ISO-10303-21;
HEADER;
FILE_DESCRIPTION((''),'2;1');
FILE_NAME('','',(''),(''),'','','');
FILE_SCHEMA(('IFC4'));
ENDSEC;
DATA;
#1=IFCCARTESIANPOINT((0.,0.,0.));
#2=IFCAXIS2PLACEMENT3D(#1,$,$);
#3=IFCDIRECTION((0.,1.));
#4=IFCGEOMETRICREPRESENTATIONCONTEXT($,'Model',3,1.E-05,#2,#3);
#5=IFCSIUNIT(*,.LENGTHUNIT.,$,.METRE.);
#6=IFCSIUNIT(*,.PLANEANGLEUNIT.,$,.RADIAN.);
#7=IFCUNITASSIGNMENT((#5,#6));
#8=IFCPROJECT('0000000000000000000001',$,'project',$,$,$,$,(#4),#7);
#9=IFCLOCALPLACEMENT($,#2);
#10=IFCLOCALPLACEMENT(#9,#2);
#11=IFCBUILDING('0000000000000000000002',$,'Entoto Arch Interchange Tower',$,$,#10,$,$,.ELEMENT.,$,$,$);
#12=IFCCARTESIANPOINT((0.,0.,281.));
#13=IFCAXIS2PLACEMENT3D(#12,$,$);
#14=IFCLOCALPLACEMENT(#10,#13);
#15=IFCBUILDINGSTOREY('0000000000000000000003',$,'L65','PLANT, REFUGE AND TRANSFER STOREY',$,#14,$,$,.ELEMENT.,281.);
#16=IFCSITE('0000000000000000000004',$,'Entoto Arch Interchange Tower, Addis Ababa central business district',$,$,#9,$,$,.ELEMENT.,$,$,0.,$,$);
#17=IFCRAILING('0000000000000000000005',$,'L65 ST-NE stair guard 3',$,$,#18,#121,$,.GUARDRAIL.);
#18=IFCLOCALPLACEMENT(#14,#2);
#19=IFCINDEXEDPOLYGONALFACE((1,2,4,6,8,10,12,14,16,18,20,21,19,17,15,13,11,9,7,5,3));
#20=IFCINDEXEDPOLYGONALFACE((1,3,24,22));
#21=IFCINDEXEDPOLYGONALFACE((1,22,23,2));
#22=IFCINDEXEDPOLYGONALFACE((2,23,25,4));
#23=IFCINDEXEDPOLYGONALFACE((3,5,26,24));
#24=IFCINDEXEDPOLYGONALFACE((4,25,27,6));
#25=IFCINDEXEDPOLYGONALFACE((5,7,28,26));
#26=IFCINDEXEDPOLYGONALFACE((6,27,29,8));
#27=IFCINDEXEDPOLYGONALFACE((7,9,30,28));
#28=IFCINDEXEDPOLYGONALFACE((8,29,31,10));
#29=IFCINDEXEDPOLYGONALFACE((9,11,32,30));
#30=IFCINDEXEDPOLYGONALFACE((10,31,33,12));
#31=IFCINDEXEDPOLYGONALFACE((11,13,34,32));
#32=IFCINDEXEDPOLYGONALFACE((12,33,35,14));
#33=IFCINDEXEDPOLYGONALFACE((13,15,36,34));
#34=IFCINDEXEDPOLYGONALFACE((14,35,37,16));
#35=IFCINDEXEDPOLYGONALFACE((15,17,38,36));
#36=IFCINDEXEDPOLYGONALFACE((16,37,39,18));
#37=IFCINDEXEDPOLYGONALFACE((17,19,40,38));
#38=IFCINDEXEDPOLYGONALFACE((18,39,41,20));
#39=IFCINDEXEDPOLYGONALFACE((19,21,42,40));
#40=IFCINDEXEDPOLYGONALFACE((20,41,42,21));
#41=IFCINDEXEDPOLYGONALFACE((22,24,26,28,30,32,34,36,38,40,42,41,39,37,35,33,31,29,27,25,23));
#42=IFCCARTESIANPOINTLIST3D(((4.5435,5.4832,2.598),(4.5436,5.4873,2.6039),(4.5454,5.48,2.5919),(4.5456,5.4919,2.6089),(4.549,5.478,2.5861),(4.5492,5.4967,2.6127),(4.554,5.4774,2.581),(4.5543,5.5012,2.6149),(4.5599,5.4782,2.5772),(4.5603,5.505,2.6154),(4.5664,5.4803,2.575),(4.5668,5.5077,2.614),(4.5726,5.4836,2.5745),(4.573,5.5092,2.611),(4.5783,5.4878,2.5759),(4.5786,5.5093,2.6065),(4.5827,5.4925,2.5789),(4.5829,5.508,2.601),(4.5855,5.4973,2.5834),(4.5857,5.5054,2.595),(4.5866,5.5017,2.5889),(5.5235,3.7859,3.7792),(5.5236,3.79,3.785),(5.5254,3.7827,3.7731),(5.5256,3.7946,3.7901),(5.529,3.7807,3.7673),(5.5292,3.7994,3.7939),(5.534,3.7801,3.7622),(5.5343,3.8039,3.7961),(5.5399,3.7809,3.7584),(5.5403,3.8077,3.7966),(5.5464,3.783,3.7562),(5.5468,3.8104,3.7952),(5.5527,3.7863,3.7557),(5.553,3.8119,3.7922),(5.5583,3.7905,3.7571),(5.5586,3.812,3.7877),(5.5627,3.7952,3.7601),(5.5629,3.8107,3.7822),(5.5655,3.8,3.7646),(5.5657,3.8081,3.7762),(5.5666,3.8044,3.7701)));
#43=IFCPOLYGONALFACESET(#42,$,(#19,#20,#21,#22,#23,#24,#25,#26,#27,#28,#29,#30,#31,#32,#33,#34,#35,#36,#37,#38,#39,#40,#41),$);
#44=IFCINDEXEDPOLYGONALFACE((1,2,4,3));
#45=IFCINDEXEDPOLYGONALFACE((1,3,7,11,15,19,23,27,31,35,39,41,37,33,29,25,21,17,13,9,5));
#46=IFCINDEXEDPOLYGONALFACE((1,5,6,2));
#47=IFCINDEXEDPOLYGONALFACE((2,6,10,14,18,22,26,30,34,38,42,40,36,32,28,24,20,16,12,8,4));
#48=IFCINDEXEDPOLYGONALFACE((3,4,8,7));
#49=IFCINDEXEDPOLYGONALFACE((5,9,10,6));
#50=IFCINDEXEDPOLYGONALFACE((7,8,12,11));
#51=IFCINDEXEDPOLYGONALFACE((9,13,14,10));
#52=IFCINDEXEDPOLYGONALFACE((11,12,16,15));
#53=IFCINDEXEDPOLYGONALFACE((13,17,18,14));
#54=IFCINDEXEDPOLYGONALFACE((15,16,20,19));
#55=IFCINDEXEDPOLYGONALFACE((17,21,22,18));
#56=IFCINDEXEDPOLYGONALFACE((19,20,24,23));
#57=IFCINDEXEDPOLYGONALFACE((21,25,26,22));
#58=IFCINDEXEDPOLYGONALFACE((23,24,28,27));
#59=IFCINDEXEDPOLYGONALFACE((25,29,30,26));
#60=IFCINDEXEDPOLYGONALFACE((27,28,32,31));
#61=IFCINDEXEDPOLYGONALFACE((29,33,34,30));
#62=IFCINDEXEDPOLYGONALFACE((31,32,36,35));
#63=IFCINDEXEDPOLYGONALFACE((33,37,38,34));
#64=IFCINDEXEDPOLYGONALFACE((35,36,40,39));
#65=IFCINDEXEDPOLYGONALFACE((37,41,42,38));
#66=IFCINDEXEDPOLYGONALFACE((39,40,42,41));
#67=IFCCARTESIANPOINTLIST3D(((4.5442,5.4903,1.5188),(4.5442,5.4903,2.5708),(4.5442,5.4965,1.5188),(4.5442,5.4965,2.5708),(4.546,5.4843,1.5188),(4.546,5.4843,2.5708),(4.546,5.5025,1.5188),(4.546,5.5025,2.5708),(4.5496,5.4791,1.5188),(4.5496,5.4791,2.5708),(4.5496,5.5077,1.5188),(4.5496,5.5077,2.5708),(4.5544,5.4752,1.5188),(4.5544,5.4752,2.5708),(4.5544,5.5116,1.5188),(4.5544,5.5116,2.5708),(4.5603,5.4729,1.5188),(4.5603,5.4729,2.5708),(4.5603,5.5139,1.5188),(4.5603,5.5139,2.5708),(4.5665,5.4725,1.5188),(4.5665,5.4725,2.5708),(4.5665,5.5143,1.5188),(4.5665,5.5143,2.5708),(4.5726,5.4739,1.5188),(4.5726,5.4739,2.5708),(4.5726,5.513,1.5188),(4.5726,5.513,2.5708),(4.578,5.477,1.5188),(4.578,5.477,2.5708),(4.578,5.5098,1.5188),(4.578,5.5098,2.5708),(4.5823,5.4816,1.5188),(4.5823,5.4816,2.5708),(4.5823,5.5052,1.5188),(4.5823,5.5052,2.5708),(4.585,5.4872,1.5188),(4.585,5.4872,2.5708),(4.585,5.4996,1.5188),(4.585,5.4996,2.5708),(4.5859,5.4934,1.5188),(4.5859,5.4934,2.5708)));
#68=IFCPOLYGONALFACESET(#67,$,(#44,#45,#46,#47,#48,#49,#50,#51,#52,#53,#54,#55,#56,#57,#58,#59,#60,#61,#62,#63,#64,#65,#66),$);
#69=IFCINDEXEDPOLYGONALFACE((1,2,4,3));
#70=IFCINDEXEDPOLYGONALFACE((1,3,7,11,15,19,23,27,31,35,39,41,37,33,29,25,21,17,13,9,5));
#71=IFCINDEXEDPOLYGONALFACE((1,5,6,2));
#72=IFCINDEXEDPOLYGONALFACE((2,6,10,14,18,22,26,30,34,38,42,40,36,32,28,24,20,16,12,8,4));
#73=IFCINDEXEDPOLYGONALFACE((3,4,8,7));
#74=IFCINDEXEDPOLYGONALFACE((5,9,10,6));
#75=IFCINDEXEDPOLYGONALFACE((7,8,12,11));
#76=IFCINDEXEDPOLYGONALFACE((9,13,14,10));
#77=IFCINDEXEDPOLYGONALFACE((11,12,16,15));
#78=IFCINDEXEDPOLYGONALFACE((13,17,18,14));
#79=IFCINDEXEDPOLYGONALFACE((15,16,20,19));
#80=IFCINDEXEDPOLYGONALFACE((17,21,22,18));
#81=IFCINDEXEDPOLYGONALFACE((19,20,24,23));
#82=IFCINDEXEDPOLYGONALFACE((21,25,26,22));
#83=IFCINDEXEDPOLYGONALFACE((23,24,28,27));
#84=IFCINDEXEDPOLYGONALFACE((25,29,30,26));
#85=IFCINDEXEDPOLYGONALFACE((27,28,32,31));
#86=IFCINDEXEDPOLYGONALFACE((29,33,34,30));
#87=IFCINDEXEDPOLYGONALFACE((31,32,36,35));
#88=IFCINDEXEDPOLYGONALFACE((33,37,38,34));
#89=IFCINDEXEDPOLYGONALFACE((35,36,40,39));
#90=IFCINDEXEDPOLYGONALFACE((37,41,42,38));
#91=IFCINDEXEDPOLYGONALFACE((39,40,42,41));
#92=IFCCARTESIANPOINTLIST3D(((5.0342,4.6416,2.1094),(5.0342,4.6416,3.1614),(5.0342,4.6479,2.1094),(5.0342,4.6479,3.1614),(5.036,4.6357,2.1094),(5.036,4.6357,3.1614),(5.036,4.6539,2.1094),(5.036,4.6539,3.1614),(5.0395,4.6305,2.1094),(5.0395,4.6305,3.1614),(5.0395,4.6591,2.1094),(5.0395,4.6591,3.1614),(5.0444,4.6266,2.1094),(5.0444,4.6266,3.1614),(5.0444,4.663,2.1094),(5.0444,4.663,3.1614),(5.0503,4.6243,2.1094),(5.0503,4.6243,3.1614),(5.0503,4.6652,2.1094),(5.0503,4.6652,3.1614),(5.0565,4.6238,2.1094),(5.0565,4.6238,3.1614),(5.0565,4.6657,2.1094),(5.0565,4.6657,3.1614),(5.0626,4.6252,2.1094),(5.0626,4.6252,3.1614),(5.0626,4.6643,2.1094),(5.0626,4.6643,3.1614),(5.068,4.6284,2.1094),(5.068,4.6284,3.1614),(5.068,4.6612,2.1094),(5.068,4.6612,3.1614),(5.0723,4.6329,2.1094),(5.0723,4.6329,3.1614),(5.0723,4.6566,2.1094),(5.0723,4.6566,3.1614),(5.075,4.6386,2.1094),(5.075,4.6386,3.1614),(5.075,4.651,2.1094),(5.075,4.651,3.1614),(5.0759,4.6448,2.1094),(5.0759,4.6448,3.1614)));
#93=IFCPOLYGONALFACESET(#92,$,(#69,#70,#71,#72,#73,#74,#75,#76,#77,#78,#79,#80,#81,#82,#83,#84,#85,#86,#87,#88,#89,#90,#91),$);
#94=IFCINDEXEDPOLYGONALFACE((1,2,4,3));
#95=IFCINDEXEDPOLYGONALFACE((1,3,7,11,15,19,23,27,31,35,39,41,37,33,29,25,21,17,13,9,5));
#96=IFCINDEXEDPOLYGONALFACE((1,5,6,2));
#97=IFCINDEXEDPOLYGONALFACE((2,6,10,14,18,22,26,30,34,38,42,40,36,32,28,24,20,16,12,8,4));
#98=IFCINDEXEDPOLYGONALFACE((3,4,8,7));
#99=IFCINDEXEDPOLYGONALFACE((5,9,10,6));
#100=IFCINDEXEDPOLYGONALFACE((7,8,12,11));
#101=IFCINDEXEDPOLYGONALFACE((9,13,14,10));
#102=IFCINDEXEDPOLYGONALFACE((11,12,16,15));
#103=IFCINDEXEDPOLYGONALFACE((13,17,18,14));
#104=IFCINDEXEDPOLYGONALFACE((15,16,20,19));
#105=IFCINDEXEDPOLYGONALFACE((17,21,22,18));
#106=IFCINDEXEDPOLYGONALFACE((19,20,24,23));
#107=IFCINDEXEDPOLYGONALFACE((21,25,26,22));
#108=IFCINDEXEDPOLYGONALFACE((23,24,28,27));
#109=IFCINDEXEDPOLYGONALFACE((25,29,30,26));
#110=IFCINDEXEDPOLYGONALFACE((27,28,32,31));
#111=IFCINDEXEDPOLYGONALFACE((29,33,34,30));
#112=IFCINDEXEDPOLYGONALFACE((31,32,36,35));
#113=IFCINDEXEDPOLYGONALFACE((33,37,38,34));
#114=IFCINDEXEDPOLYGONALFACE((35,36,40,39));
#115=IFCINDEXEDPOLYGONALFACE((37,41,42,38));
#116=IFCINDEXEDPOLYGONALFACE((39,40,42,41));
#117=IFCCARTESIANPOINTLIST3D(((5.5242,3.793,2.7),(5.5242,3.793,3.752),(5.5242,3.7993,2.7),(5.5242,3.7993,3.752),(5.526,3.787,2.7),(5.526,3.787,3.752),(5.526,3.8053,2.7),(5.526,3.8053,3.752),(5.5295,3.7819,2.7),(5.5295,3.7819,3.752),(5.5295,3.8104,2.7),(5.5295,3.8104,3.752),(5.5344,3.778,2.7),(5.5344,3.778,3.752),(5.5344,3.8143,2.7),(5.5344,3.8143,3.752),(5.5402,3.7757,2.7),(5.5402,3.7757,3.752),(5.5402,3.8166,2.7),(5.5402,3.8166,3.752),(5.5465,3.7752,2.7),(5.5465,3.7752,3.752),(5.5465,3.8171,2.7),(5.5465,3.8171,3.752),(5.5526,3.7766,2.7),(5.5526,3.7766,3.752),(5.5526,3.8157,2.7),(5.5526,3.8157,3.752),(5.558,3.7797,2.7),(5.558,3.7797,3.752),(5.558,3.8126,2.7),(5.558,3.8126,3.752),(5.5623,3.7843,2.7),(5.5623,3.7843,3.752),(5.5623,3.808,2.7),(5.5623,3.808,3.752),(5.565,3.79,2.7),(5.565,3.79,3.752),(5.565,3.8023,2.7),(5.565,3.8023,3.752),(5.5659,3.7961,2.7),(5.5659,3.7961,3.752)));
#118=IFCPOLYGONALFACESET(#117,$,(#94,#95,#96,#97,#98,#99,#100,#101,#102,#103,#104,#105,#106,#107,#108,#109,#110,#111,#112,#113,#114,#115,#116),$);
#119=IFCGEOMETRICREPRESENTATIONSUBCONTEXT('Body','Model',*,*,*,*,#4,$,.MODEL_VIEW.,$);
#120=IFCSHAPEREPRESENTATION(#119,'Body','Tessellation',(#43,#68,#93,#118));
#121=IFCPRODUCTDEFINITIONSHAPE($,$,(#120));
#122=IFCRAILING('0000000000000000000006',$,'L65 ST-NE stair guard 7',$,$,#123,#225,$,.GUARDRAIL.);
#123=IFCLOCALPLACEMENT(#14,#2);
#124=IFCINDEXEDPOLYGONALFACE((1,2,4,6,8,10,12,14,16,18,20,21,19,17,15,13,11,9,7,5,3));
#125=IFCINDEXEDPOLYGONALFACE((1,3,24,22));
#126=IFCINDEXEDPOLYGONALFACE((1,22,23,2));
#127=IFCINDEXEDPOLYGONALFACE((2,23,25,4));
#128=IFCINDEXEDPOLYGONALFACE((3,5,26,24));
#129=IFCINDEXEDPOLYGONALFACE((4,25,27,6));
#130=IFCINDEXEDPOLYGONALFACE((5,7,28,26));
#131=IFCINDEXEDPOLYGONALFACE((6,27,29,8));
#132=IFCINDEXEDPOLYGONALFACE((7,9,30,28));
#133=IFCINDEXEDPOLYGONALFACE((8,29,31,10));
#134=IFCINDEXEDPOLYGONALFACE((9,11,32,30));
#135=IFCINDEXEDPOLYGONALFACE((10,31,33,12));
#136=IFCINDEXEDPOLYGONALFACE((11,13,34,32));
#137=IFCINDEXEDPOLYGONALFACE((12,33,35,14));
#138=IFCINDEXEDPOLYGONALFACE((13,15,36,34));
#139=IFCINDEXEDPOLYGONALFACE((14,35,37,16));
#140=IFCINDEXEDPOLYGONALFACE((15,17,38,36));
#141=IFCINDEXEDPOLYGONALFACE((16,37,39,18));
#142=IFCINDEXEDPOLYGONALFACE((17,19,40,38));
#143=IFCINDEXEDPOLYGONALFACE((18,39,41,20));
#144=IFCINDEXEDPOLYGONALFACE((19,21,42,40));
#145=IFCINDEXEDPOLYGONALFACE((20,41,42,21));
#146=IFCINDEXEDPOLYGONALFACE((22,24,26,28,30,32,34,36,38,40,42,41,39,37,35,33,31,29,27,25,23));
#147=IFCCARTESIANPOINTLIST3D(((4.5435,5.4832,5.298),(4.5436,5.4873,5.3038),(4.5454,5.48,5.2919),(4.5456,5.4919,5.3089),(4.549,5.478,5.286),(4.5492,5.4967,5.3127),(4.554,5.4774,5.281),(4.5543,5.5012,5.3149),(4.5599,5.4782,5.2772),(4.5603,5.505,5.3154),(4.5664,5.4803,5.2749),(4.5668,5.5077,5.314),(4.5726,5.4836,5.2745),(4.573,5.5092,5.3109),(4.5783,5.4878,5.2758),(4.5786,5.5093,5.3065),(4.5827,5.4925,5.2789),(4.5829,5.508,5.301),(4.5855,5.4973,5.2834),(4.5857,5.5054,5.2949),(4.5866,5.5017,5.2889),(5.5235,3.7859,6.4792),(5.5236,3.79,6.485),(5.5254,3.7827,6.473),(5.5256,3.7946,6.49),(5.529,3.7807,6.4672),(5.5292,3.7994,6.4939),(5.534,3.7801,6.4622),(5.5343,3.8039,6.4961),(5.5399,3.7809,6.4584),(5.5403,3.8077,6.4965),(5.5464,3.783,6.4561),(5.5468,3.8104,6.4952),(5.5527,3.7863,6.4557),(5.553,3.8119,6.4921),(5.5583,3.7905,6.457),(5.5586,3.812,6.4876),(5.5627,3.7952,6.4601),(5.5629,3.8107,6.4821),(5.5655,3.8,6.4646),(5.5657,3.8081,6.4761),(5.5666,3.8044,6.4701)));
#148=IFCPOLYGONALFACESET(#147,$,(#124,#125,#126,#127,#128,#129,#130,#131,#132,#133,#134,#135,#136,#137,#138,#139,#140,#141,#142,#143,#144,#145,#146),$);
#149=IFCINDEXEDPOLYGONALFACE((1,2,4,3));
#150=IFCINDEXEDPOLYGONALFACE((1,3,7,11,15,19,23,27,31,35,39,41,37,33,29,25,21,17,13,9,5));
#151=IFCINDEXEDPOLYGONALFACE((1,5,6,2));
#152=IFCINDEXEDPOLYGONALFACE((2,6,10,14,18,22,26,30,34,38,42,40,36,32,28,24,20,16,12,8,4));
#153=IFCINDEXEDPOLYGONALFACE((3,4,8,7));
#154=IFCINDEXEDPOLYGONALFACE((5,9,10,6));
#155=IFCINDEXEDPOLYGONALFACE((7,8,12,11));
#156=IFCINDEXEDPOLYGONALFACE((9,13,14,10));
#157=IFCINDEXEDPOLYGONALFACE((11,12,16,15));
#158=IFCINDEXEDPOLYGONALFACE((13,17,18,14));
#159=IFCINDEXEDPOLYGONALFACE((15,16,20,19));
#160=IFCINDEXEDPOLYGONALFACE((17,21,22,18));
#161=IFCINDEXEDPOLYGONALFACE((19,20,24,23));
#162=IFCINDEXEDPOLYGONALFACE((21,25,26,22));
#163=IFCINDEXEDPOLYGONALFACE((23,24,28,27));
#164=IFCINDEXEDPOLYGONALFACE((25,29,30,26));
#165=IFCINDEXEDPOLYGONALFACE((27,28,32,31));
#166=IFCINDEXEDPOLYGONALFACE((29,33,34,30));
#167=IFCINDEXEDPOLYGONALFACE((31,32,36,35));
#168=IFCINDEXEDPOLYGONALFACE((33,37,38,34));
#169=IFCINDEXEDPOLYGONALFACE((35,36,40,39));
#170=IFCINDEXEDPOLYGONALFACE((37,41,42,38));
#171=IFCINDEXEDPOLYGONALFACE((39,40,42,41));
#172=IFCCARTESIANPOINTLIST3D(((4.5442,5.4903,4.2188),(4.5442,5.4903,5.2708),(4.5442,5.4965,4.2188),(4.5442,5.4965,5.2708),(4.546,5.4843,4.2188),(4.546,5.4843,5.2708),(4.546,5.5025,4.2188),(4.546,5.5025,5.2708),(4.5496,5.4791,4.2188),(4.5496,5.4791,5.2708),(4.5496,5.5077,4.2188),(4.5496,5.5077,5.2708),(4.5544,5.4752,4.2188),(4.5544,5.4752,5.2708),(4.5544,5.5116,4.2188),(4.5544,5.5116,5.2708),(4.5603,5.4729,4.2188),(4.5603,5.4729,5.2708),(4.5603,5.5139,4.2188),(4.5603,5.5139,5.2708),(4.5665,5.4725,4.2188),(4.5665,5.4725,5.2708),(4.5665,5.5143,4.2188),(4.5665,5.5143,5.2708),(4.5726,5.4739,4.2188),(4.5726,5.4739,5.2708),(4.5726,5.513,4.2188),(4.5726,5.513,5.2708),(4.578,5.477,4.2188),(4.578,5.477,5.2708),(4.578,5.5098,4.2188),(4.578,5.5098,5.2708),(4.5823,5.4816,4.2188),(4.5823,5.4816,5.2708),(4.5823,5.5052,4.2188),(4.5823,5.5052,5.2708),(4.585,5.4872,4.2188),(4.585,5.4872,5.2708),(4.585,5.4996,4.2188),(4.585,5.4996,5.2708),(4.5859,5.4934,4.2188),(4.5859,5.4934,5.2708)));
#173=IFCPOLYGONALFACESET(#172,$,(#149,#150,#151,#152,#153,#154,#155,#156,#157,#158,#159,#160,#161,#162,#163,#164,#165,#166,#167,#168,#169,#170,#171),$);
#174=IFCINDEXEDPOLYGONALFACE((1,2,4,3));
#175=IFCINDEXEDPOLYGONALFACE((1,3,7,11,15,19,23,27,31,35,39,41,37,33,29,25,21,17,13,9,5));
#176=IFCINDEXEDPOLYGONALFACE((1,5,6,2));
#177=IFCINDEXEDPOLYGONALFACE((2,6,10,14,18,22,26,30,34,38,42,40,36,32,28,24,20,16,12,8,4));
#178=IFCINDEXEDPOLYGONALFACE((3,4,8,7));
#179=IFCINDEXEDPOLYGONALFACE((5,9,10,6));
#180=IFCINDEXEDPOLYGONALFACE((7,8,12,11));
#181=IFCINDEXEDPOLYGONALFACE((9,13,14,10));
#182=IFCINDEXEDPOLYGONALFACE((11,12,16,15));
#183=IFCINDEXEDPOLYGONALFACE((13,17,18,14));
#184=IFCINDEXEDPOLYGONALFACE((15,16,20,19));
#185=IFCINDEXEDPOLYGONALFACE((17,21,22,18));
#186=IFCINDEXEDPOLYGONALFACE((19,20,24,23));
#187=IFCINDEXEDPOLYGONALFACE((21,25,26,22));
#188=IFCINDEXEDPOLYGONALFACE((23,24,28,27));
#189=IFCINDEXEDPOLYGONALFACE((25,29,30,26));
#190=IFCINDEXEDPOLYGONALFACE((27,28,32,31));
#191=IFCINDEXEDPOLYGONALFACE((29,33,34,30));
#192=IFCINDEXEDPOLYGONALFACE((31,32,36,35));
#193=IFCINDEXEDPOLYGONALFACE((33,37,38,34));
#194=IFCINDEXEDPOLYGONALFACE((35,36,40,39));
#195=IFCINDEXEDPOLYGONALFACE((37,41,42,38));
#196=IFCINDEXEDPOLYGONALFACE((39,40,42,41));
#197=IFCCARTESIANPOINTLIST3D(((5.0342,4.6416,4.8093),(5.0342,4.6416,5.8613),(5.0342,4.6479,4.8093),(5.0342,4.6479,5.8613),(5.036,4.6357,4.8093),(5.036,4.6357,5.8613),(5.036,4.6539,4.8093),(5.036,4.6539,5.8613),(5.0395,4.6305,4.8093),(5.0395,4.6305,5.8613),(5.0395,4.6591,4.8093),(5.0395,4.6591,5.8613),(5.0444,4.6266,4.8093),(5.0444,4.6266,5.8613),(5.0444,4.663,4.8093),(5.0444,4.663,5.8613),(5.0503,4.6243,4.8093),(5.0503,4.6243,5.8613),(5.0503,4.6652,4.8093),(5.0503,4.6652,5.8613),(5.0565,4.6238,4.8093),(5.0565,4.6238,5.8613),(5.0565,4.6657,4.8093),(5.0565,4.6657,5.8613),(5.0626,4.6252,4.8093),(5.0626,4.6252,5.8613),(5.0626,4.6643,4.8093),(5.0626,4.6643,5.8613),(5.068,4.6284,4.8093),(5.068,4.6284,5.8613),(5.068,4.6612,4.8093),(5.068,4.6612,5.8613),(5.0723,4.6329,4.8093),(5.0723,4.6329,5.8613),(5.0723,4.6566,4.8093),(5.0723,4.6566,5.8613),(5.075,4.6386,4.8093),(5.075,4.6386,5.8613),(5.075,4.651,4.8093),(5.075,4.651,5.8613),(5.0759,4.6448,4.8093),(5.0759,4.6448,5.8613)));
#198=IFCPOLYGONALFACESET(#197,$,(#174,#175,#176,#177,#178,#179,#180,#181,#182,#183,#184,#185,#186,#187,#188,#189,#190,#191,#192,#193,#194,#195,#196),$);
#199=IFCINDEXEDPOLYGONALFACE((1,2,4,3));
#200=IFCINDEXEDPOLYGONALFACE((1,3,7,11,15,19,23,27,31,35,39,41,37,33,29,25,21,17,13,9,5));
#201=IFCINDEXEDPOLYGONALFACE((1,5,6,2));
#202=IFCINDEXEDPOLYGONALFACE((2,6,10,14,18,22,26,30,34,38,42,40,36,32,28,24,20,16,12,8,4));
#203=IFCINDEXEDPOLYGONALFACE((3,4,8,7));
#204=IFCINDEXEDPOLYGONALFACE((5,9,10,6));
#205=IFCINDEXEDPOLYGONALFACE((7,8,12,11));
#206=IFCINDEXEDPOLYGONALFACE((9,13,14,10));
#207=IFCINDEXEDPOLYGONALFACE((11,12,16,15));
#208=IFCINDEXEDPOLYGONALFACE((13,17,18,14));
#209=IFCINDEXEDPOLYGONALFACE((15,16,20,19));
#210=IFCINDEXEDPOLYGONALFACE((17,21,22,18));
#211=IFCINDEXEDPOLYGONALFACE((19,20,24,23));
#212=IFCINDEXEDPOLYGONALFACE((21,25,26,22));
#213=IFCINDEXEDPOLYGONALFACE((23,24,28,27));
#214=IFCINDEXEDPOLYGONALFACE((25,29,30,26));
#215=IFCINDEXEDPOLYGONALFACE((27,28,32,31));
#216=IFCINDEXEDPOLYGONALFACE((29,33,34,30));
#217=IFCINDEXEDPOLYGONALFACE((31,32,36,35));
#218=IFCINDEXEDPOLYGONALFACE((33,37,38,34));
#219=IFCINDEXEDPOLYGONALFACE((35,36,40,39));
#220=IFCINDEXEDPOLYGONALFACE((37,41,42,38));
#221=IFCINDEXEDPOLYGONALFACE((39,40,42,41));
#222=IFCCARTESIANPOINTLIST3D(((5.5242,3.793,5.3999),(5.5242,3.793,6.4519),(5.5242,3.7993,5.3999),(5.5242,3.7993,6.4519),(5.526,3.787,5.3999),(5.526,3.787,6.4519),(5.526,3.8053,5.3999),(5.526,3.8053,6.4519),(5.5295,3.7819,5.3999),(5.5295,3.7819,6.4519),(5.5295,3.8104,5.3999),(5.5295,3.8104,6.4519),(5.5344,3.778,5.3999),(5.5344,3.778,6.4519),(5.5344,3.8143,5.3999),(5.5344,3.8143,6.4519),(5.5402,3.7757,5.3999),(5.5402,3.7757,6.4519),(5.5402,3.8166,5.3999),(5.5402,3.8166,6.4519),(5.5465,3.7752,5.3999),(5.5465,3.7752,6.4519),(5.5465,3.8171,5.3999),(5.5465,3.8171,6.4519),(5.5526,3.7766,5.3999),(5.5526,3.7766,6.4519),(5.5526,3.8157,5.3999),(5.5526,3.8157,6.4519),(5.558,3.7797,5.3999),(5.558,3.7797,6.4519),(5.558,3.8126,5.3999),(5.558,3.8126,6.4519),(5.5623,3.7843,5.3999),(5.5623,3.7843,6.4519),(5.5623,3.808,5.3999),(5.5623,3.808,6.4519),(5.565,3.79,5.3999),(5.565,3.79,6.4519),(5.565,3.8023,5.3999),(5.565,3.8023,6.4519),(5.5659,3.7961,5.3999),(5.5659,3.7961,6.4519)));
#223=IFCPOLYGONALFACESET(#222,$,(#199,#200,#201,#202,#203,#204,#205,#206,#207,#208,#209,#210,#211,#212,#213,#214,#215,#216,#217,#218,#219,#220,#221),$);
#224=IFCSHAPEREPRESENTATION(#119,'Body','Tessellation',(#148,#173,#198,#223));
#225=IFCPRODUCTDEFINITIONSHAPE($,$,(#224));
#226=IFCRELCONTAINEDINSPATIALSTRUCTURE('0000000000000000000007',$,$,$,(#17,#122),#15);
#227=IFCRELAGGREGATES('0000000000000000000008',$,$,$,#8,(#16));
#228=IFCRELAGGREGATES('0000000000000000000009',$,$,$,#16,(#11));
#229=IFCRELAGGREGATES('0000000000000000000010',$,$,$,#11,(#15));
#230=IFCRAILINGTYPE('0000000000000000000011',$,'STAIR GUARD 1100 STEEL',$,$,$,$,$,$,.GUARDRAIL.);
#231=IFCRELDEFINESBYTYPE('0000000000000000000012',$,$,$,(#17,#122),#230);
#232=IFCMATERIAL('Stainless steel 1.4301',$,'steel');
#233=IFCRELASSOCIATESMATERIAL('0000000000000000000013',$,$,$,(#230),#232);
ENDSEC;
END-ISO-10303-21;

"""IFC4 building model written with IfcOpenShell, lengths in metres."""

from ifc_helpers import new_model, si_unit, direction, frame, origin, origin_2d, place, context, subcontext, project, spatial, circle, extrude, material, type_object, element, save


model = new_model("IFC4")

# Units and contexts
model_context = context("Model", 3, precision=1e-05, world=origin(), true_north=direction((0.0, 1.0)))
body_context = subcontext(model_context, "Body", "Model", "MODEL_VIEW")
ifc_project = project(units=[si_unit("LENGTHUNIT", "METRE"), si_unit("PLANEANGLEUNIT", "RADIAN")], contexts=[model_context])

# Site, building, storey
site_placement = place(None, origin())
site = spatial("IfcSite", under=ifc_project, at=site_placement, Name="Entoto Arch Interchange Tower, Addis Ababa central business district", CompositionType="ELEMENT", RefElevation=0.0)
building_placement = place(site_placement, origin())
building = spatial("IfcBuilding", under=site, at=building_placement, Name="Entoto Arch Interchange Tower", CompositionType="ELEMENT")
storey_placement = place(building_placement, frame((0.0, 0.0, 281.0)))
storey = spatial("IfcBuildingStorey", under=building, at=storey_placement, Name="L65", Description="PLANT, REFUGE AND TRANSFER STOREY", CompositionType="ELEMENT", Elevation=281.0)

# Railings
ifc_material_1 = material(Name="Stainless steel 1.4301", Category="steel")
railing_type_1 = type_object("IfcRailingType", Name="STAIR GUARD 1100 STEEL", PredefinedType="GUARDRAIL", material=ifc_material_1)
for number, where, name in (
    (1, (4.5649, 5.4934, 1.5188), "L65 ST-NE stair guard 3"),
    (2, (4.5649, 5.4934, 4.2188), "L65 ST-NE stair guard 7"),
):
    element("IfcRailing", number, at=place(storey_placement, frame(where)), inside=storey, type_object=railing_type_1, Name=name, PredefinedType="GUARDRAIL", context=body_context, shape_type="SweptSolid", body=[
        extrude(circle(Radius=0.0239, at=origin_2d()), frame((0.0, 0.0, 1.0762), z_axis=(0.428262, -0.741723, 0.516176), x_axis=(0.866011, 0.500024, 0.0)), (0.0, 0.0, 1.0), 2.2883),
        extrude(circle(Radius=0.021, at=origin_2d()), origin(), (0.0, 0.0, 1.0), 1.052),
        extrude(circle(Radius=0.021, at=origin_2d()), frame((0.49, -0.8486, 0.5906)), (0.0, 0.0, 1.0), 1.052),
        extrude(circle(Radius=0.021, at=origin_2d()), frame((0.98, -1.6973, 1.1812)), (0.0, 0.0, 1.0), 1.052),
    ])

save(model, "model.ifc")
